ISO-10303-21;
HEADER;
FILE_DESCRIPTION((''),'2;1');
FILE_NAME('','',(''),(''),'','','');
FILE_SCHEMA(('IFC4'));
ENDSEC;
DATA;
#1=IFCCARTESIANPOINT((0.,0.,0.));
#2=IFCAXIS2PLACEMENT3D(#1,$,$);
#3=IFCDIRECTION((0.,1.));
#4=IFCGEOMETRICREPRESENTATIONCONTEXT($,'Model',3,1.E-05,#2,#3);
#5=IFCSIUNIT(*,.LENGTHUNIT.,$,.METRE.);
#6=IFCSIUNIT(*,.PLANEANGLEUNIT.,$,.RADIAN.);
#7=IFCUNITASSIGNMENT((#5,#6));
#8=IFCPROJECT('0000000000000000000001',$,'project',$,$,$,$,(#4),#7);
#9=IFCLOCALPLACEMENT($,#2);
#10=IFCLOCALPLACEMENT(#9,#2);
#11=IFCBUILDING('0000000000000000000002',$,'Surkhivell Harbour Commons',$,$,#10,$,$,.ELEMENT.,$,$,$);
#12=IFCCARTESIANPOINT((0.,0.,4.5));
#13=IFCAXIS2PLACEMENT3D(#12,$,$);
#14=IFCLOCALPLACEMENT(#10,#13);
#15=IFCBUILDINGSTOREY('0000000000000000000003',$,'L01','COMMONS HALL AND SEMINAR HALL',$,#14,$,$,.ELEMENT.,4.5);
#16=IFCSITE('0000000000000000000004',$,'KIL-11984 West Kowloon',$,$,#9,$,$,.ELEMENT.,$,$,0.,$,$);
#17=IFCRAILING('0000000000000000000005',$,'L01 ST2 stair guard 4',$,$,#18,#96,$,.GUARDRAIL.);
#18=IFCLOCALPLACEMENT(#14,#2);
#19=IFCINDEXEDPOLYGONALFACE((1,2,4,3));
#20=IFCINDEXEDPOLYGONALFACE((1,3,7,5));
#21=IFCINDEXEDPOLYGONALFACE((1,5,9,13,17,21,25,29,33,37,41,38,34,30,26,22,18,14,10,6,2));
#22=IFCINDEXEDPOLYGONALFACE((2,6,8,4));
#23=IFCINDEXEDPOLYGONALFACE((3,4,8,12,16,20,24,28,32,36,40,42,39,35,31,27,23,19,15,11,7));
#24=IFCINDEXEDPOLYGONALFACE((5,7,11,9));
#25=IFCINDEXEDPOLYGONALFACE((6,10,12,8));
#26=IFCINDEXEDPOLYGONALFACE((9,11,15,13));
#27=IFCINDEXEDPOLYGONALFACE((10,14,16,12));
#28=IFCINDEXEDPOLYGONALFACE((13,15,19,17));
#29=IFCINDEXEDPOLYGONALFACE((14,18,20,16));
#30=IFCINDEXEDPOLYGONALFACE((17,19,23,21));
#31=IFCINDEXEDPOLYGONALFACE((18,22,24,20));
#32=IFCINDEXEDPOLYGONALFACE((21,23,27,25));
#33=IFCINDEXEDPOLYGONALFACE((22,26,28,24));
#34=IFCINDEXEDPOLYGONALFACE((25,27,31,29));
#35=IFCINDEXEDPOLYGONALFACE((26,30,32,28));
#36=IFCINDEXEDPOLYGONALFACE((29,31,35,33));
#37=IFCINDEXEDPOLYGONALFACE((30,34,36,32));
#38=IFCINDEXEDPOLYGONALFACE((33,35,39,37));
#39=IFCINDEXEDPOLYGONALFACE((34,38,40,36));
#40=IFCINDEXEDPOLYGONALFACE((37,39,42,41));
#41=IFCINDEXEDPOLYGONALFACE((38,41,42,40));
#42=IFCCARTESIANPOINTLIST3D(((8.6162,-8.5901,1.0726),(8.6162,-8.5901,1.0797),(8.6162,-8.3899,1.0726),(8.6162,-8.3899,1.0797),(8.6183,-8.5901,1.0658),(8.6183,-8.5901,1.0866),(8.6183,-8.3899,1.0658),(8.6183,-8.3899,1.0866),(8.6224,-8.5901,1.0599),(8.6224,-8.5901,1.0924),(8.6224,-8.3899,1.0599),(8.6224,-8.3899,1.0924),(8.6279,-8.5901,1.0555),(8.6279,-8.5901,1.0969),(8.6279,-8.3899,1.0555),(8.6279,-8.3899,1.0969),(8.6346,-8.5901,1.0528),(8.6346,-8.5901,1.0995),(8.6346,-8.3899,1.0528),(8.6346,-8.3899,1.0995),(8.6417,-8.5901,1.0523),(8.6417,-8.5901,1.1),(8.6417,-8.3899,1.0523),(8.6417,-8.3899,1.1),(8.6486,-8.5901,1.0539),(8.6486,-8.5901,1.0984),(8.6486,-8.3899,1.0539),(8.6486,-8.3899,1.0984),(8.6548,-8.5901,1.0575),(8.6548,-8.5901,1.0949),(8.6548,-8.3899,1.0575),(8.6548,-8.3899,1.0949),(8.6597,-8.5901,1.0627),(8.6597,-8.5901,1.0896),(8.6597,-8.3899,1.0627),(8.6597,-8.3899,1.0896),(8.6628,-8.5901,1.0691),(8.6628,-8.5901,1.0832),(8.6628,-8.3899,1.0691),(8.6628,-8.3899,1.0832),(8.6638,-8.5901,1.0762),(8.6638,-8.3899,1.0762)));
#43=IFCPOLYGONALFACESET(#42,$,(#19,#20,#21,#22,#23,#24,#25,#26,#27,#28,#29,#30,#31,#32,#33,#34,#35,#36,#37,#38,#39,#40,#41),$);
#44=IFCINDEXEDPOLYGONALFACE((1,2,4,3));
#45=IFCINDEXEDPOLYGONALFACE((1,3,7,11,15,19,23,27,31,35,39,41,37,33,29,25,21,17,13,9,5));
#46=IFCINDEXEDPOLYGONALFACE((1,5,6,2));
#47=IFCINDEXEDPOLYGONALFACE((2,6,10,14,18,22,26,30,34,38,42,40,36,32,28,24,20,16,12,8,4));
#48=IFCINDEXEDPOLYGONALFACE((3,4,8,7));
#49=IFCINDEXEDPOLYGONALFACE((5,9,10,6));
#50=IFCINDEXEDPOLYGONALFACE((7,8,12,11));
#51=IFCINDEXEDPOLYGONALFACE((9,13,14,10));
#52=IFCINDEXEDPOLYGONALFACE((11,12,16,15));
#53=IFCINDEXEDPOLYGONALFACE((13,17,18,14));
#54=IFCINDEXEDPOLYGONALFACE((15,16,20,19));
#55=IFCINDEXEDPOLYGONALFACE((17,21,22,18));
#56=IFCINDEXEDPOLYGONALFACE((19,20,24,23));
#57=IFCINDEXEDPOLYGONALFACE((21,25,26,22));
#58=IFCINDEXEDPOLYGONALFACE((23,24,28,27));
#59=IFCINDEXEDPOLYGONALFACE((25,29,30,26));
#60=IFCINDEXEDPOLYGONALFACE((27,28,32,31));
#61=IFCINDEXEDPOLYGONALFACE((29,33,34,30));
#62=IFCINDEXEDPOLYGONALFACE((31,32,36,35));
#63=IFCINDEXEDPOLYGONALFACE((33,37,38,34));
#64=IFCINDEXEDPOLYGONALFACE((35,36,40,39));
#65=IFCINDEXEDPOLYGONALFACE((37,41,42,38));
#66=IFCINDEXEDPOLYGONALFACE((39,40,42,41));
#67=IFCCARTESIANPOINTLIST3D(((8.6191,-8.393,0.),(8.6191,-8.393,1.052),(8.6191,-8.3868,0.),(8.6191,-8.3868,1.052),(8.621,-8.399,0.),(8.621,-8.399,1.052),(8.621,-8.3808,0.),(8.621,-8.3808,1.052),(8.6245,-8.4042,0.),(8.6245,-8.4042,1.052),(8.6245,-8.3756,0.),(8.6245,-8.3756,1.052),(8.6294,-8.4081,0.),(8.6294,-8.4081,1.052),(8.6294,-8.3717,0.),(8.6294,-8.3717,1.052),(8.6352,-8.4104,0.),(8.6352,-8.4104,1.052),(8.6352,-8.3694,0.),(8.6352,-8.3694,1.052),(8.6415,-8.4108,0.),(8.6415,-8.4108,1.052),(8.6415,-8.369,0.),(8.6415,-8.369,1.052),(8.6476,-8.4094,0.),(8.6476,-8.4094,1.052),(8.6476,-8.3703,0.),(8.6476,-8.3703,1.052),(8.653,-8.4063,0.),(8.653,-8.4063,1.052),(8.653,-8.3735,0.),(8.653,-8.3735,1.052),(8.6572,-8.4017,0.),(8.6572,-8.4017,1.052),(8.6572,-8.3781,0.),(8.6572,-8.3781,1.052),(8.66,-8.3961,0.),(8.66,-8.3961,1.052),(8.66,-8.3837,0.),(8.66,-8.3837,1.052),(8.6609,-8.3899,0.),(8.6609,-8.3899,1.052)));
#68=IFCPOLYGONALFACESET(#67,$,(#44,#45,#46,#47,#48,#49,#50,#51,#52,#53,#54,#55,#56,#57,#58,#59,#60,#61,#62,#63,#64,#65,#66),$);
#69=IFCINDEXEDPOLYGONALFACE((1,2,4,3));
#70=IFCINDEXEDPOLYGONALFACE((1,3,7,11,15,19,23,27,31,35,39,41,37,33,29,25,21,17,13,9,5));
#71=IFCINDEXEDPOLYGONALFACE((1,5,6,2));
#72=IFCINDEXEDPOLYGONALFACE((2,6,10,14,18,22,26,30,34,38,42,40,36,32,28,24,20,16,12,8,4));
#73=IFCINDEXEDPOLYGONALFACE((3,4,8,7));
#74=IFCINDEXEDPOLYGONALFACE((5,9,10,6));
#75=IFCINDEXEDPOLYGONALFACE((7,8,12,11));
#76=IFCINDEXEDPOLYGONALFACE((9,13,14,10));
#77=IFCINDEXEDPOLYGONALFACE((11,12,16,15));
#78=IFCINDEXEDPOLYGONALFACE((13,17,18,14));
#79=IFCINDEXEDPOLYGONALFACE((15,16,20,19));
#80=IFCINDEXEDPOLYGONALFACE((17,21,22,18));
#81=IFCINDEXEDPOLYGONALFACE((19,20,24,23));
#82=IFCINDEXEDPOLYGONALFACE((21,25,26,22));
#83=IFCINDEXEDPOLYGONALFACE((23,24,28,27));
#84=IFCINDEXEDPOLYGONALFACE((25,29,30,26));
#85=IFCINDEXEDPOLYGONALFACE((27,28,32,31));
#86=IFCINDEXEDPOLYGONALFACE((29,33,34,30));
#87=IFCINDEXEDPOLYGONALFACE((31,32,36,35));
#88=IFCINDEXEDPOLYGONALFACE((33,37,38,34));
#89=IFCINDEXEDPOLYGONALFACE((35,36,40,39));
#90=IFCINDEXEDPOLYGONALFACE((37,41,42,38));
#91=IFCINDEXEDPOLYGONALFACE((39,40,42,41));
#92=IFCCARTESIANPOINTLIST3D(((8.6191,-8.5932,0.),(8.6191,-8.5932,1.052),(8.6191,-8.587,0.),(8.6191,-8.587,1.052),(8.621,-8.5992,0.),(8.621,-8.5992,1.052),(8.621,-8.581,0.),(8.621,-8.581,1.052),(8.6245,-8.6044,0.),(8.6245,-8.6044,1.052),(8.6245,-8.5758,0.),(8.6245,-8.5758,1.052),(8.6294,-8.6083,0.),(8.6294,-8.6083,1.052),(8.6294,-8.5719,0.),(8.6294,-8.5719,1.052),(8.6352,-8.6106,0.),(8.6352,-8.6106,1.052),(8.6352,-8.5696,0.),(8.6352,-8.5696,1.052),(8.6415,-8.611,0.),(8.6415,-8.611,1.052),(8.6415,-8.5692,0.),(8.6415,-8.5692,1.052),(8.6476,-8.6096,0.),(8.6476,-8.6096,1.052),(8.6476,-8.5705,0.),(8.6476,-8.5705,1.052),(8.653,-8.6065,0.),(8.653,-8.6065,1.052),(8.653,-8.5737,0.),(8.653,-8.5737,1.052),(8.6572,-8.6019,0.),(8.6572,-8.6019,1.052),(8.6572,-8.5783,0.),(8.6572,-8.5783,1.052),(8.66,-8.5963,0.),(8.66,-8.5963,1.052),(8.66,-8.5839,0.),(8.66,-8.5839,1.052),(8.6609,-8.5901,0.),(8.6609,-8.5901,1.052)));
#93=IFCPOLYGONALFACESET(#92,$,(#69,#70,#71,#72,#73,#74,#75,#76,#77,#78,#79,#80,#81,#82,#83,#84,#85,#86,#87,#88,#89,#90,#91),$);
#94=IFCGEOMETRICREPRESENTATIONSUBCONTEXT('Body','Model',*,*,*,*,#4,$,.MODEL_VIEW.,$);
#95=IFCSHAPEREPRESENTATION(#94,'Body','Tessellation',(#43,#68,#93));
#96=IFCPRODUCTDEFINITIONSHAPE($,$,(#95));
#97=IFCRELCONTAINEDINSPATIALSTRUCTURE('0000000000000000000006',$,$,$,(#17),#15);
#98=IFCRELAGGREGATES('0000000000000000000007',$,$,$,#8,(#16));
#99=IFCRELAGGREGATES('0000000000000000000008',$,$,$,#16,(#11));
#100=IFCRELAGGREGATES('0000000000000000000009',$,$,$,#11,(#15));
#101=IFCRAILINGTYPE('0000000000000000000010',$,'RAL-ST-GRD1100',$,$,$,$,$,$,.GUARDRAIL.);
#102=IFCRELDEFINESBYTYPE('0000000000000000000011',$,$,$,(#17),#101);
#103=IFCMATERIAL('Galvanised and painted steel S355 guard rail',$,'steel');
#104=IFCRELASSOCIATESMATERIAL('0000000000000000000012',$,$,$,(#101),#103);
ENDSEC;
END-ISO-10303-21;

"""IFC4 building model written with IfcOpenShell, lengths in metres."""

from ifc_helpers import new_model, si_unit, direction, frame, origin, origin_2d, place, context, subcontext, project, spatial, circle, extrude, material, type_object, element, save


model = new_model("IFC4")

# Units and contexts
model_context = context("Model", 3, precision=1e-05, world=origin(), true_north=direction((0.0, 1.0)))
body_context = subcontext(model_context, "Body", "Model", "MODEL_VIEW")
ifc_project = project(units=[si_unit("LENGTHUNIT", "METRE"), si_unit("PLANEANGLEUNIT", "RADIAN")], contexts=[model_context])

# Site, building, storey
site_placement = place(None, origin())
site = spatial("IfcSite", under=ifc_project, at=site_placement, Name="KIL-11984 West Kowloon", CompositionType="ELEMENT", RefElevation=0.0)
building_placement = place(site_placement, origin())
building = spatial("IfcBuilding", under=site, at=building_placement, Name="Surkhivell Harbour Commons", CompositionType="ELEMENT")
storey_placement = place(building_placement, frame((0.0, 0.0, 4.5)))
storey = spatial("IfcBuildingStorey", under=building, at=storey_placement, Name="L01", Description="COMMONS HALL AND SEMINAR HALL", CompositionType="ELEMENT", Elevation=4.5)

# Railing
ifc_material_1 = material(Name="Galvanised and painted steel S355 guard rail", Category="steel")
railing_type_1 = type_object("IfcRailingType", Name="RAL-ST-GRD1100", PredefinedType="GUARDRAIL", material=ifc_material_1)
railing_1_placement = place(storey_placement, frame((8.6399, -8.3899, 0.0)))
element("IfcRailing", 1, at=railing_1_placement, inside=storey, type_object=railing_type_1, Name="L01 ST2 stair guard 4", PredefinedType="GUARDRAIL", context=body_context, shape_type="SweptSolid", body=[
    extrude(circle(Radius=0.0239, at=origin_2d()), frame((0.0, 0.0, 1.0762), z_axis=(0.0, -1.0, 0.0), x_axis=(1.0, 0.0, 0.0)), (0.0, 0.0, 1.0), 0.2002),
    extrude(circle(Radius=0.021, at=origin_2d()), origin(), (0.0, 0.0, 1.0), 1.052),
    extrude(circle(Radius=0.021, at=origin_2d()), frame((0.0, -0.2002, 0.0)), (0.0, 0.0, 1.0), 1.052),
])

save(model, "model.ifc")
